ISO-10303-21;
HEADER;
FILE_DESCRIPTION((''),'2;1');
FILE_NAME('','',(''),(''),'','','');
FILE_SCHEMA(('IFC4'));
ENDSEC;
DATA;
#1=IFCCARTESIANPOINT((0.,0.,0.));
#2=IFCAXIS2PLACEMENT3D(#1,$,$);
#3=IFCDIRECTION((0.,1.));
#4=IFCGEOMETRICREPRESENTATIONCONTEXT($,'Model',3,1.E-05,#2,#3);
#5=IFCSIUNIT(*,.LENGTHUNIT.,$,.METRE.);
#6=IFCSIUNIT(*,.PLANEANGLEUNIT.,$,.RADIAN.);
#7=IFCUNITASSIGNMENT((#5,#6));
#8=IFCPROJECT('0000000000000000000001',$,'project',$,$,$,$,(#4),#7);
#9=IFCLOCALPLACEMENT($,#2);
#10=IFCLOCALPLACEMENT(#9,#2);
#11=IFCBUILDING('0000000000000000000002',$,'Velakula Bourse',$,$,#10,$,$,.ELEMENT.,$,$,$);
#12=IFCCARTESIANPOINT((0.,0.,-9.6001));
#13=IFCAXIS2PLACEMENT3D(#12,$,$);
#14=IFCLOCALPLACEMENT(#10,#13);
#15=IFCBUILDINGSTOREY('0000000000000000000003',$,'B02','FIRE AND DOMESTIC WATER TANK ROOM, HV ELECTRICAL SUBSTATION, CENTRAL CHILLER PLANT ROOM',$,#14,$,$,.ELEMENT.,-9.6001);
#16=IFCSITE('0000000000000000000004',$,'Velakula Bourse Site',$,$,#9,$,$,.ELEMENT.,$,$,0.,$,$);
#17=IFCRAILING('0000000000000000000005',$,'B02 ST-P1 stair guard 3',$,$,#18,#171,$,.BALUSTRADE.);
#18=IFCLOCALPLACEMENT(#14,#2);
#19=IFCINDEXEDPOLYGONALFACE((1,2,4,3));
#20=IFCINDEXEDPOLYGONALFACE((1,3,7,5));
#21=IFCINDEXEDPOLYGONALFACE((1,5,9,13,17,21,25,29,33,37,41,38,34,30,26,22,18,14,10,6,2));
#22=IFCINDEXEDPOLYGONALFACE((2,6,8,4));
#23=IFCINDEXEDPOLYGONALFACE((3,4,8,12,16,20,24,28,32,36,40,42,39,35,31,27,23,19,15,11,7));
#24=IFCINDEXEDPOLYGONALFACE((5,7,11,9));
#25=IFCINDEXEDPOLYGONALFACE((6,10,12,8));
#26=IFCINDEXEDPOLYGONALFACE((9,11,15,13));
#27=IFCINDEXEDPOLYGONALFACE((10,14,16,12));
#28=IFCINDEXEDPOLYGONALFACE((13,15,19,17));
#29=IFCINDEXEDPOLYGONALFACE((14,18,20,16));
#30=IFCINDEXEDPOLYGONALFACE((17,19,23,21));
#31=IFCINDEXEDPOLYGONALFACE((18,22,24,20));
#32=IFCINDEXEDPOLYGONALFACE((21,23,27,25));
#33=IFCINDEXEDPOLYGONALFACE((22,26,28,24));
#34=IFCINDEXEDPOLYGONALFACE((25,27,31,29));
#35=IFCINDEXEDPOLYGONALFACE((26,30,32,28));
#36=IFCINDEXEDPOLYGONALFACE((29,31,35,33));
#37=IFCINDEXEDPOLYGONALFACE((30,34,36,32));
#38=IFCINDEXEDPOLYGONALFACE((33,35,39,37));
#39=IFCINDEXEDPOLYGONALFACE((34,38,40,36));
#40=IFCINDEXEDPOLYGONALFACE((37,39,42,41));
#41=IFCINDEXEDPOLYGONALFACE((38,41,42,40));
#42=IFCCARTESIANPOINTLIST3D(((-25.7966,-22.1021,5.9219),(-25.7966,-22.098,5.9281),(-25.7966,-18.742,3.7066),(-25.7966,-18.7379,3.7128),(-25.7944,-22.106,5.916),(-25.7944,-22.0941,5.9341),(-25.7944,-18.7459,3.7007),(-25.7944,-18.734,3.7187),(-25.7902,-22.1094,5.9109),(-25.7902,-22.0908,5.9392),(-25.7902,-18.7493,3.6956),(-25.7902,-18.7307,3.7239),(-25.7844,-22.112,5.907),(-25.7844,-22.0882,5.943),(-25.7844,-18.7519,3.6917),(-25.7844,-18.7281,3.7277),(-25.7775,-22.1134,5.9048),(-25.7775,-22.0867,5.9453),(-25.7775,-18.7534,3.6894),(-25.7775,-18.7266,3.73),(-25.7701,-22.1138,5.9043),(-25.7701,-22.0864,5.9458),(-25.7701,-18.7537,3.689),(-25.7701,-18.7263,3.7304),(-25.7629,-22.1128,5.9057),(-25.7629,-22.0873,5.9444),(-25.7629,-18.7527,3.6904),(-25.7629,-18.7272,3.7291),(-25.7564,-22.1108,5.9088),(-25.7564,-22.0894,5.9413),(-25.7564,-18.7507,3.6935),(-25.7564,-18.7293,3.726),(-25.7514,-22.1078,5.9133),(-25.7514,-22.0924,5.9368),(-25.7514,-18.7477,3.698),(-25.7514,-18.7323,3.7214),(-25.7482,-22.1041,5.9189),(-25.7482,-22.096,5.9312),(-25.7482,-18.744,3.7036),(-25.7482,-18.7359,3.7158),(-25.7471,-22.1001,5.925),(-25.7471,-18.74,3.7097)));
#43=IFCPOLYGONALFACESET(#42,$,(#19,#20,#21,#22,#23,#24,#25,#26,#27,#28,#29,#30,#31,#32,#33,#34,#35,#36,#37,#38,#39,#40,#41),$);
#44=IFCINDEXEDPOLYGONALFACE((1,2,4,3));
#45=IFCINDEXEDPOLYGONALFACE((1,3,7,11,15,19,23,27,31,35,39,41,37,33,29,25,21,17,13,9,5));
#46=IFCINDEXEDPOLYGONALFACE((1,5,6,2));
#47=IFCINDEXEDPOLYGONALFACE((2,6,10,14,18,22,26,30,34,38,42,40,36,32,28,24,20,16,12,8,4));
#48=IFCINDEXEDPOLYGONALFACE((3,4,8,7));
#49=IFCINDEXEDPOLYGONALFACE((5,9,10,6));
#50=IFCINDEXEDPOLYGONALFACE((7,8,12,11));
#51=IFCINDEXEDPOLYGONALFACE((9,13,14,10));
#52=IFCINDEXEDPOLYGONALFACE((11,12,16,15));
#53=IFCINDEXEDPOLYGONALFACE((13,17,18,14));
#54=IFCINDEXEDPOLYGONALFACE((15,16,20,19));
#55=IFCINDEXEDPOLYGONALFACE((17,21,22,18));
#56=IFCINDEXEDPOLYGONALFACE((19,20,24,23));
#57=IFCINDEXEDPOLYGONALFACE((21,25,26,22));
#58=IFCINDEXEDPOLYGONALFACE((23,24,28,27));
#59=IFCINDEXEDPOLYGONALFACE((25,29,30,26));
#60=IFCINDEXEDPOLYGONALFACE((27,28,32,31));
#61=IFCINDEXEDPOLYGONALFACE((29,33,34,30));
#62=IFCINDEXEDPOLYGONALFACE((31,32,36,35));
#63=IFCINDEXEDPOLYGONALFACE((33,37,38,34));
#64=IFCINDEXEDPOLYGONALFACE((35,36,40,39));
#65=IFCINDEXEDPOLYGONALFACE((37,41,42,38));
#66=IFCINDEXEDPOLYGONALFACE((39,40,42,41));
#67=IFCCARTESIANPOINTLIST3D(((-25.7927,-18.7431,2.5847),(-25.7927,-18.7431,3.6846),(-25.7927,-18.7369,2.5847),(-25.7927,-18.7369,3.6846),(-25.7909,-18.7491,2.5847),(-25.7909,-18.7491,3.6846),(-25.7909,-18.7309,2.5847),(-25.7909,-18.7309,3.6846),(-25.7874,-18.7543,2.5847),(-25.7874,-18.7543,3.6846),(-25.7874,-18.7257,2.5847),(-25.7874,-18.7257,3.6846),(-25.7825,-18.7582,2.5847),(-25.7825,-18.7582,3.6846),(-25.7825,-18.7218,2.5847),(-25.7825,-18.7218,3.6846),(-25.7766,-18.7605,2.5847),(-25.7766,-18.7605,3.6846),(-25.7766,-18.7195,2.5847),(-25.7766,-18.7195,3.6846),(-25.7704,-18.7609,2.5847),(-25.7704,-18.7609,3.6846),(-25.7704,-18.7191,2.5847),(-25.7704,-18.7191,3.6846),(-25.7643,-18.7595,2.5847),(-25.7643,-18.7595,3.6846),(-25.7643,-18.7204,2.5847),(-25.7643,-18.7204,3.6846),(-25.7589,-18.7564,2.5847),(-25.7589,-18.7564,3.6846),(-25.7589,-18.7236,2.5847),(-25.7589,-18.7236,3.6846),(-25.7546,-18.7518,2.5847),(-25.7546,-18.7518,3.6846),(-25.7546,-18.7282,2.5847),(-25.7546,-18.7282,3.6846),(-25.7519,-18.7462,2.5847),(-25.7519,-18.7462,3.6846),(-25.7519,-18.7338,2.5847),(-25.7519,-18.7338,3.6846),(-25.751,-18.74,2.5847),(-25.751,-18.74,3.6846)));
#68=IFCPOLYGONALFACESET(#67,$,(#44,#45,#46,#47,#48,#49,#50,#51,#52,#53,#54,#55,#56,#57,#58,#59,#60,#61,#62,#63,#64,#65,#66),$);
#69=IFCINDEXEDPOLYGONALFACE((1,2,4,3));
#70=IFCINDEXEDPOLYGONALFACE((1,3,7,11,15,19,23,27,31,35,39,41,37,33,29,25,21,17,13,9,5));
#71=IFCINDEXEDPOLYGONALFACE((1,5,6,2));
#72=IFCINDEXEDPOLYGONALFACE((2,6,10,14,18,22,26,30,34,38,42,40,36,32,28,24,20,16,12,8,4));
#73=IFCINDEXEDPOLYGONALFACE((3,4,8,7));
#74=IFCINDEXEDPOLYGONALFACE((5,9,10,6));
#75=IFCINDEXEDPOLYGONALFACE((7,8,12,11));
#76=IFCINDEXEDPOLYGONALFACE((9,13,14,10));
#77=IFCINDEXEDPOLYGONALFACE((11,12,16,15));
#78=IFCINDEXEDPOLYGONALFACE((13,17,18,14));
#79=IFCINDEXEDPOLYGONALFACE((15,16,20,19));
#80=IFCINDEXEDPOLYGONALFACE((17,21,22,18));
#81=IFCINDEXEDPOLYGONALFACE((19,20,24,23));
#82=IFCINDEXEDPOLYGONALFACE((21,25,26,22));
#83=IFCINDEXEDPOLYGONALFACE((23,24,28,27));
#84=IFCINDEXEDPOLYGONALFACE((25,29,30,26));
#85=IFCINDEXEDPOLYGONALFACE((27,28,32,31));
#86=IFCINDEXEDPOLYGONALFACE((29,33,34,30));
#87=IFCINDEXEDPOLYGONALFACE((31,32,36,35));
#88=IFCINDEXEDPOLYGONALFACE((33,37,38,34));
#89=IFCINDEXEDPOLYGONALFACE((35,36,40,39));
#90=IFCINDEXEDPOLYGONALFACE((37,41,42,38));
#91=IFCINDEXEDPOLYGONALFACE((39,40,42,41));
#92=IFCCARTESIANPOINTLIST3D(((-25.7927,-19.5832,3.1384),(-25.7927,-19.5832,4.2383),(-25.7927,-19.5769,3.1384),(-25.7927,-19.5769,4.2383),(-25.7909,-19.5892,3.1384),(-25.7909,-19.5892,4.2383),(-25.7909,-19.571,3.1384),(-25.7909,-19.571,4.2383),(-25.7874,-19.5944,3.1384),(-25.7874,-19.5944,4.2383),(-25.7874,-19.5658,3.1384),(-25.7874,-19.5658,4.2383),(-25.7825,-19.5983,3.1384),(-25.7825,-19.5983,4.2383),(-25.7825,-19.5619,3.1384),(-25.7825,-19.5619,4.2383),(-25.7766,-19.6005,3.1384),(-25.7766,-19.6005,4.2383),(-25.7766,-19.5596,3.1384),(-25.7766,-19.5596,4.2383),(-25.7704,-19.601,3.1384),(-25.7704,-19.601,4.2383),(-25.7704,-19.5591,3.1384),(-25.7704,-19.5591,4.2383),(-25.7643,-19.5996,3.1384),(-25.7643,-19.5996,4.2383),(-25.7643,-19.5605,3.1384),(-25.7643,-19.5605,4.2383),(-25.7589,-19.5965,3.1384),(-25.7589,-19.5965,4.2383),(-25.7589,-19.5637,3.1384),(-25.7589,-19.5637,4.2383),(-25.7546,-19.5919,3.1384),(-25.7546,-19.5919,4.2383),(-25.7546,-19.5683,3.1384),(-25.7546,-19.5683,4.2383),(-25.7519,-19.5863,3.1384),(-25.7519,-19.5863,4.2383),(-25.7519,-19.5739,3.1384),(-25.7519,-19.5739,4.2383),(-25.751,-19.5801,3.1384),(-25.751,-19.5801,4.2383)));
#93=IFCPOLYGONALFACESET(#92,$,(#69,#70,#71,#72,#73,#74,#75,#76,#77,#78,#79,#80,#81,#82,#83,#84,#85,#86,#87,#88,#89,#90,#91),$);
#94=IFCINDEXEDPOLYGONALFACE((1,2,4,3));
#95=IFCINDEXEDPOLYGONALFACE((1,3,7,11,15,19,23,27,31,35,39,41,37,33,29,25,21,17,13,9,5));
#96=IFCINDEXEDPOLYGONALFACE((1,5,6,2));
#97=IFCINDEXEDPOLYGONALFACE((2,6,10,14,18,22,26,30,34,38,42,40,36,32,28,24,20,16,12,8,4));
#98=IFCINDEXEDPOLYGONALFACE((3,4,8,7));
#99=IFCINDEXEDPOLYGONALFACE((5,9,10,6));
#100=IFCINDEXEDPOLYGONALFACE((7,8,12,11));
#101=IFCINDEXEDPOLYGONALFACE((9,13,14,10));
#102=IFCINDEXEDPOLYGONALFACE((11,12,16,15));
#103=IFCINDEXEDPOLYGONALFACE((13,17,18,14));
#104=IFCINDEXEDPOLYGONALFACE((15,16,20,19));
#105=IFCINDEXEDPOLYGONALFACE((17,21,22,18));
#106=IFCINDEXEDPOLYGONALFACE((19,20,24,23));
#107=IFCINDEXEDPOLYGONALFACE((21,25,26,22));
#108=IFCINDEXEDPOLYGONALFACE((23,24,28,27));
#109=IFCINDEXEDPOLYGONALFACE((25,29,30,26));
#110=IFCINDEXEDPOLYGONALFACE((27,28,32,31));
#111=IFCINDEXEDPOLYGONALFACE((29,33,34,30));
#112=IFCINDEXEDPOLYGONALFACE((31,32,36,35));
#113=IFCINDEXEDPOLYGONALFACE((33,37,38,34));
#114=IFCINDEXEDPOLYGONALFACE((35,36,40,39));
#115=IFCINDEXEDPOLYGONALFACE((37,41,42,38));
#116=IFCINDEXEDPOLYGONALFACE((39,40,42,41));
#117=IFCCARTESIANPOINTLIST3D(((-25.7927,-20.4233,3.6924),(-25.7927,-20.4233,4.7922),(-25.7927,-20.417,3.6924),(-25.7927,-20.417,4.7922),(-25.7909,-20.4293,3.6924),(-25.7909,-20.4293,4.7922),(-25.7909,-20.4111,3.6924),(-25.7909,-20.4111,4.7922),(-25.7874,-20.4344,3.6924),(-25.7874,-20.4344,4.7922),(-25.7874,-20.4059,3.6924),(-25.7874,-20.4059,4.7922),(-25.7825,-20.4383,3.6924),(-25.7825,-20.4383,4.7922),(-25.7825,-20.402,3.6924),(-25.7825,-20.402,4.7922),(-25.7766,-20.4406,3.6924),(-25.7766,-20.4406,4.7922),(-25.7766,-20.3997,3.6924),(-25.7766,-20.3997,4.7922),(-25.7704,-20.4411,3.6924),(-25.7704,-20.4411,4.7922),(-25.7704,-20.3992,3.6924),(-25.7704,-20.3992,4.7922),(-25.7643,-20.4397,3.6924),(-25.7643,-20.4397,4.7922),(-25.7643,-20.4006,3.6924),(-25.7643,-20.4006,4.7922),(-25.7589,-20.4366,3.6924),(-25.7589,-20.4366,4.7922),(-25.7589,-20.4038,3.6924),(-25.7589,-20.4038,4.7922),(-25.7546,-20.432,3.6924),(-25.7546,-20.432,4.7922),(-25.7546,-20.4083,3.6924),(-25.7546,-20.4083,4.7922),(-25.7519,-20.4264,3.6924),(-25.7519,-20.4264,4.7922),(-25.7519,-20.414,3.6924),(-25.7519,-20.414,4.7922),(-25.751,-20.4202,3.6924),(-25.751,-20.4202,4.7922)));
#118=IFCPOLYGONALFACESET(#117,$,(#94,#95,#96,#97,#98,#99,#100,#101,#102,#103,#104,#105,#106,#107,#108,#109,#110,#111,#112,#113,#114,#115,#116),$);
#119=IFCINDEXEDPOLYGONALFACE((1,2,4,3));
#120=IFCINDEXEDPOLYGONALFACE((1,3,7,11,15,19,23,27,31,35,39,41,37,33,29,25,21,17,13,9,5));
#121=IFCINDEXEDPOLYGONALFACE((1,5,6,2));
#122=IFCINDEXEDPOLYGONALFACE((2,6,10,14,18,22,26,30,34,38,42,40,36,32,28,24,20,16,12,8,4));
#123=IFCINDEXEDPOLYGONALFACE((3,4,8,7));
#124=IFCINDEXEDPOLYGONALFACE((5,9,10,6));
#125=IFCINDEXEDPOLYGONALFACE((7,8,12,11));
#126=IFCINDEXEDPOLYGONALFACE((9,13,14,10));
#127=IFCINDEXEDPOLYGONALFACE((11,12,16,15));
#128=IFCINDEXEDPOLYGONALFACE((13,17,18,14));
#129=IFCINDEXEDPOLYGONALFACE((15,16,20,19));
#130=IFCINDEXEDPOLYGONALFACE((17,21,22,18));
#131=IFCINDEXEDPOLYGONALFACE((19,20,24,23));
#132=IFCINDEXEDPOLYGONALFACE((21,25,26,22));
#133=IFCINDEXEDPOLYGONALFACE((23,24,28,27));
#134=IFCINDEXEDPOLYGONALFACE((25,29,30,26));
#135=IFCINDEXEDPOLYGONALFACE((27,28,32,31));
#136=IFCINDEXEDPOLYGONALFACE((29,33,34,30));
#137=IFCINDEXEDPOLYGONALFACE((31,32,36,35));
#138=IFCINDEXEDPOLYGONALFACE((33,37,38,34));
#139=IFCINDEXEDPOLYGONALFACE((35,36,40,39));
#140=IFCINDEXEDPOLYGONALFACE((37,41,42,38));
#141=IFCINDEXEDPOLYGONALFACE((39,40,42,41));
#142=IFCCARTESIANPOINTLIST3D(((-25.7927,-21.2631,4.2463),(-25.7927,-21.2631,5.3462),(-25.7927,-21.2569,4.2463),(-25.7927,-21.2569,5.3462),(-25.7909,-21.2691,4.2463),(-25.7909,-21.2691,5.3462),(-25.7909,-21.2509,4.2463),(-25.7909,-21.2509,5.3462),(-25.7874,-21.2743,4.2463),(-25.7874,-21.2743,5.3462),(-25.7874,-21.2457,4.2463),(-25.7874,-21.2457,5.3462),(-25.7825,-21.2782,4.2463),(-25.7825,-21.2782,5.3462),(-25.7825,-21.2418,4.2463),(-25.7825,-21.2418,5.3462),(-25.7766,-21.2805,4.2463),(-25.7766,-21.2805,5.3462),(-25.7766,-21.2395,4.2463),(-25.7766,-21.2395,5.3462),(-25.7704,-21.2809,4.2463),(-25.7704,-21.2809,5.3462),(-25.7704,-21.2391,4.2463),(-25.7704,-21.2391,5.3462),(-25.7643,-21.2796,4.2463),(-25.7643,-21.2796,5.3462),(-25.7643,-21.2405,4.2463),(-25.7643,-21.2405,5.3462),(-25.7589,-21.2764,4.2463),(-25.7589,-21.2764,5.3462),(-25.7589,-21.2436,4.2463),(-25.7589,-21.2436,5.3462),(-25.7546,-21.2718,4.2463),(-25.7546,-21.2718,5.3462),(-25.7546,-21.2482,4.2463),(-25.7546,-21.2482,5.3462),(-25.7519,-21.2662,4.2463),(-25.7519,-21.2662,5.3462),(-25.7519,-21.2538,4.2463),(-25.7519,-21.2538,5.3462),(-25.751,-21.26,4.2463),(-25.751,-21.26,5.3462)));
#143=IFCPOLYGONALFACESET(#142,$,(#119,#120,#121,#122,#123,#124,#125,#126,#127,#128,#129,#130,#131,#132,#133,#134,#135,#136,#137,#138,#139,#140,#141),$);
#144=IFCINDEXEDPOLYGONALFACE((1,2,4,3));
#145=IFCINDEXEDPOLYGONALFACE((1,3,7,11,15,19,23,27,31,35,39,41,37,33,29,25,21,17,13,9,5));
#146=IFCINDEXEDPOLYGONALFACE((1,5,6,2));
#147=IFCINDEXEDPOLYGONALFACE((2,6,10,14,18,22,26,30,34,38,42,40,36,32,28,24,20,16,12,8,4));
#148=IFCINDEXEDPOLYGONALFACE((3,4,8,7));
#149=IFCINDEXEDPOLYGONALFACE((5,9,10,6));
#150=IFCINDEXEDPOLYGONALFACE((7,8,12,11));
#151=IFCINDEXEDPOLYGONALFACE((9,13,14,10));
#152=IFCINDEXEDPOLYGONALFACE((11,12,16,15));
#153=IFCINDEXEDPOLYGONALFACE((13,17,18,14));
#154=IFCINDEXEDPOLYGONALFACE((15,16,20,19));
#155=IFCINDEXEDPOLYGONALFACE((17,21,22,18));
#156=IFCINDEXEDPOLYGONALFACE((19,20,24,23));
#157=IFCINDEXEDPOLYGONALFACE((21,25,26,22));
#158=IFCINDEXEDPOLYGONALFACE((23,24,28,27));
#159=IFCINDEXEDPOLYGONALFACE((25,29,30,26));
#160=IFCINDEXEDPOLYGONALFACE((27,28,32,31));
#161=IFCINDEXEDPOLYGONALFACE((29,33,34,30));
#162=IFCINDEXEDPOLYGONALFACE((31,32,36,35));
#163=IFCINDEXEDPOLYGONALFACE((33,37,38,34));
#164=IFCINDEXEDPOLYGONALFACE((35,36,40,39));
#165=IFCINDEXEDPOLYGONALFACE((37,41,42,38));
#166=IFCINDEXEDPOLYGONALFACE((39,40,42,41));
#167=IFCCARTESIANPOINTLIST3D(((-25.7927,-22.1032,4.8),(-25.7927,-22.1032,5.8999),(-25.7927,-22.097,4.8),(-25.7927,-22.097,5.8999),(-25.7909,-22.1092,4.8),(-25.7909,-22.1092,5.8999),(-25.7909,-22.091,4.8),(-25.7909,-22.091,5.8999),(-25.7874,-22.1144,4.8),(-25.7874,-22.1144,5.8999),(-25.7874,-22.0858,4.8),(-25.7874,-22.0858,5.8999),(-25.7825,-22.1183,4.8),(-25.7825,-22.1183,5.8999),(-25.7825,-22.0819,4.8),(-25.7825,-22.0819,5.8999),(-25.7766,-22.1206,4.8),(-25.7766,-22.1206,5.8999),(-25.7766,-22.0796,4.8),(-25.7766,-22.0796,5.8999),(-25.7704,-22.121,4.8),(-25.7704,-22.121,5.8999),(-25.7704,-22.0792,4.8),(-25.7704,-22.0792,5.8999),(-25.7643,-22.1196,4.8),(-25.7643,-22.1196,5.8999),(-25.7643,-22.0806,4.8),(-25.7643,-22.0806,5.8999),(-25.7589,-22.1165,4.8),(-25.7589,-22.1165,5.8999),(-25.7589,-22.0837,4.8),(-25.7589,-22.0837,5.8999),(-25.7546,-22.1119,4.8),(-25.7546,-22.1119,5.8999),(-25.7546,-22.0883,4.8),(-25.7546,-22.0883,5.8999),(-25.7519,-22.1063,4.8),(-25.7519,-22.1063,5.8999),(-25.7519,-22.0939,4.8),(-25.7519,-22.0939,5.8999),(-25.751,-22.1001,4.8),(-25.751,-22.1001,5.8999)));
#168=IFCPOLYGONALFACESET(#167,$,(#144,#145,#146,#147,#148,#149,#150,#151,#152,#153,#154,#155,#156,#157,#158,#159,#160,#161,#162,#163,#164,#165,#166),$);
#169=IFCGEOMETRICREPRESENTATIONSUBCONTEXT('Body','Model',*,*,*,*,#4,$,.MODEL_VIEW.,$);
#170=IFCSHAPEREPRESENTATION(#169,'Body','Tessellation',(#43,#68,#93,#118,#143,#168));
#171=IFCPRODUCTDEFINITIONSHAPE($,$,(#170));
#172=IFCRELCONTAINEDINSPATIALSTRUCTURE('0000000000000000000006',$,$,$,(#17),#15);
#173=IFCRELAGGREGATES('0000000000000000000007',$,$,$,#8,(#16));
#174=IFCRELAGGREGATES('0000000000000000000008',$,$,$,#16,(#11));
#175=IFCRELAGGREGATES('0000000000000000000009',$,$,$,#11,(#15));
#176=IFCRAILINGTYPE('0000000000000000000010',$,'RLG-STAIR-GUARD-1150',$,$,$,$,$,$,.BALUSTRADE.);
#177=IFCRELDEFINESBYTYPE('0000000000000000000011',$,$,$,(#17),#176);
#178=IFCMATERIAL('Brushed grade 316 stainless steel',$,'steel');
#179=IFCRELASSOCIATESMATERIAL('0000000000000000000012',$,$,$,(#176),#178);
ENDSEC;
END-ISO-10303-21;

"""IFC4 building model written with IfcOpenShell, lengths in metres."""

from ifc_helpers import new_model, si_unit, direction, frame, origin, origin_2d, place, context, subcontext, project, spatial, circle, extrude, material, type_object, element, save


model = new_model("IFC4")

# Units and contexts
model_context = context("Model", 3, precision=1e-05, world=origin(), true_north=direction((0.0, 1.0)))
body_context = subcontext(model_context, "Body", "Model", "MODEL_VIEW")
ifc_project = project(units=[si_unit("LENGTHUNIT", "METRE"), si_unit("PLANEANGLEUNIT", "RADIAN")], contexts=[model_context])

# Site, building, storey
site_placement = place(None, origin())
site = spatial("IfcSite", under=ifc_project, at=site_placement, Name="Velakula Bourse Site", CompositionType="ELEMENT", RefElevation=0.0)
building_placement = place(site_placement, origin())
building = spatial("IfcBuilding", under=site, at=building_placement, Name="Velakula Bourse", CompositionType="ELEMENT")
storey_placement = place(building_placement, frame((0.0, 0.0, -9.6001)))
storey = spatial("IfcBuildingStorey", under=building, at=storey_placement, Name="B02", Description="FIRE AND DOMESTIC WATER TANK ROOM, HV ELECTRICAL SUBSTATION, CENTRAL CHILLER PLANT ROOM", CompositionType="ELEMENT", Elevation=-9.6001)

# Railing
ifc_material_1 = material(Name="Brushed grade 316 stainless steel", Category="steel")
railing_type_1 = type_object("IfcRailingType", Name="RLG-STAIR-GUARD-1150", PredefinedType="BALUSTRADE", material=ifc_material_1)
railing_1_placement = place(storey_placement, frame((-25.772, -18.74, 2.5847)))
element("IfcRailing", 1, at=railing_1_placement, inside=storey, type_object=railing_type_1, Name="B02 ST-P1 stair guard 3", PredefinedType="BALUSTRADE", context=body_context, shape_type="SweptSolid", body=[
    extrude(circle(Radius=0.0249, at=origin_2d()), frame((0.0, 0.0, 1.125), z_axis=(0.0, -0.834876, 0.550437), x_axis=(1.0, 0.0, 0.0)), (0.0, 0.0, 1.0), 4.0247),
    extrude(circle(Radius=0.021, at=origin_2d()), origin(), (0.0, 0.0, 1.0), 1.0999),
    extrude(circle(Radius=0.021, at=origin_2d()), frame((0.0, -0.8401, 0.5537)), (0.0, 0.0, 1.0), 1.0999),
    extrude(circle(Radius=0.021, at=origin_2d()), frame((0.0, -1.6802, 1.1077)), (0.0, 0.0, 1.0), 1.0999),
    extrude(circle(Radius=0.021, at=origin_2d()), frame((0.0, -2.52, 1.6616)), (0.0, 0.0, 1.0), 1.0999),
    extrude(circle(Radius=0.021, at=origin_2d()), frame((0.0, -3.3601, 2.2153)), (0.0, 0.0, 1.0), 1.0999),
])

save(model, "model.ifc")
